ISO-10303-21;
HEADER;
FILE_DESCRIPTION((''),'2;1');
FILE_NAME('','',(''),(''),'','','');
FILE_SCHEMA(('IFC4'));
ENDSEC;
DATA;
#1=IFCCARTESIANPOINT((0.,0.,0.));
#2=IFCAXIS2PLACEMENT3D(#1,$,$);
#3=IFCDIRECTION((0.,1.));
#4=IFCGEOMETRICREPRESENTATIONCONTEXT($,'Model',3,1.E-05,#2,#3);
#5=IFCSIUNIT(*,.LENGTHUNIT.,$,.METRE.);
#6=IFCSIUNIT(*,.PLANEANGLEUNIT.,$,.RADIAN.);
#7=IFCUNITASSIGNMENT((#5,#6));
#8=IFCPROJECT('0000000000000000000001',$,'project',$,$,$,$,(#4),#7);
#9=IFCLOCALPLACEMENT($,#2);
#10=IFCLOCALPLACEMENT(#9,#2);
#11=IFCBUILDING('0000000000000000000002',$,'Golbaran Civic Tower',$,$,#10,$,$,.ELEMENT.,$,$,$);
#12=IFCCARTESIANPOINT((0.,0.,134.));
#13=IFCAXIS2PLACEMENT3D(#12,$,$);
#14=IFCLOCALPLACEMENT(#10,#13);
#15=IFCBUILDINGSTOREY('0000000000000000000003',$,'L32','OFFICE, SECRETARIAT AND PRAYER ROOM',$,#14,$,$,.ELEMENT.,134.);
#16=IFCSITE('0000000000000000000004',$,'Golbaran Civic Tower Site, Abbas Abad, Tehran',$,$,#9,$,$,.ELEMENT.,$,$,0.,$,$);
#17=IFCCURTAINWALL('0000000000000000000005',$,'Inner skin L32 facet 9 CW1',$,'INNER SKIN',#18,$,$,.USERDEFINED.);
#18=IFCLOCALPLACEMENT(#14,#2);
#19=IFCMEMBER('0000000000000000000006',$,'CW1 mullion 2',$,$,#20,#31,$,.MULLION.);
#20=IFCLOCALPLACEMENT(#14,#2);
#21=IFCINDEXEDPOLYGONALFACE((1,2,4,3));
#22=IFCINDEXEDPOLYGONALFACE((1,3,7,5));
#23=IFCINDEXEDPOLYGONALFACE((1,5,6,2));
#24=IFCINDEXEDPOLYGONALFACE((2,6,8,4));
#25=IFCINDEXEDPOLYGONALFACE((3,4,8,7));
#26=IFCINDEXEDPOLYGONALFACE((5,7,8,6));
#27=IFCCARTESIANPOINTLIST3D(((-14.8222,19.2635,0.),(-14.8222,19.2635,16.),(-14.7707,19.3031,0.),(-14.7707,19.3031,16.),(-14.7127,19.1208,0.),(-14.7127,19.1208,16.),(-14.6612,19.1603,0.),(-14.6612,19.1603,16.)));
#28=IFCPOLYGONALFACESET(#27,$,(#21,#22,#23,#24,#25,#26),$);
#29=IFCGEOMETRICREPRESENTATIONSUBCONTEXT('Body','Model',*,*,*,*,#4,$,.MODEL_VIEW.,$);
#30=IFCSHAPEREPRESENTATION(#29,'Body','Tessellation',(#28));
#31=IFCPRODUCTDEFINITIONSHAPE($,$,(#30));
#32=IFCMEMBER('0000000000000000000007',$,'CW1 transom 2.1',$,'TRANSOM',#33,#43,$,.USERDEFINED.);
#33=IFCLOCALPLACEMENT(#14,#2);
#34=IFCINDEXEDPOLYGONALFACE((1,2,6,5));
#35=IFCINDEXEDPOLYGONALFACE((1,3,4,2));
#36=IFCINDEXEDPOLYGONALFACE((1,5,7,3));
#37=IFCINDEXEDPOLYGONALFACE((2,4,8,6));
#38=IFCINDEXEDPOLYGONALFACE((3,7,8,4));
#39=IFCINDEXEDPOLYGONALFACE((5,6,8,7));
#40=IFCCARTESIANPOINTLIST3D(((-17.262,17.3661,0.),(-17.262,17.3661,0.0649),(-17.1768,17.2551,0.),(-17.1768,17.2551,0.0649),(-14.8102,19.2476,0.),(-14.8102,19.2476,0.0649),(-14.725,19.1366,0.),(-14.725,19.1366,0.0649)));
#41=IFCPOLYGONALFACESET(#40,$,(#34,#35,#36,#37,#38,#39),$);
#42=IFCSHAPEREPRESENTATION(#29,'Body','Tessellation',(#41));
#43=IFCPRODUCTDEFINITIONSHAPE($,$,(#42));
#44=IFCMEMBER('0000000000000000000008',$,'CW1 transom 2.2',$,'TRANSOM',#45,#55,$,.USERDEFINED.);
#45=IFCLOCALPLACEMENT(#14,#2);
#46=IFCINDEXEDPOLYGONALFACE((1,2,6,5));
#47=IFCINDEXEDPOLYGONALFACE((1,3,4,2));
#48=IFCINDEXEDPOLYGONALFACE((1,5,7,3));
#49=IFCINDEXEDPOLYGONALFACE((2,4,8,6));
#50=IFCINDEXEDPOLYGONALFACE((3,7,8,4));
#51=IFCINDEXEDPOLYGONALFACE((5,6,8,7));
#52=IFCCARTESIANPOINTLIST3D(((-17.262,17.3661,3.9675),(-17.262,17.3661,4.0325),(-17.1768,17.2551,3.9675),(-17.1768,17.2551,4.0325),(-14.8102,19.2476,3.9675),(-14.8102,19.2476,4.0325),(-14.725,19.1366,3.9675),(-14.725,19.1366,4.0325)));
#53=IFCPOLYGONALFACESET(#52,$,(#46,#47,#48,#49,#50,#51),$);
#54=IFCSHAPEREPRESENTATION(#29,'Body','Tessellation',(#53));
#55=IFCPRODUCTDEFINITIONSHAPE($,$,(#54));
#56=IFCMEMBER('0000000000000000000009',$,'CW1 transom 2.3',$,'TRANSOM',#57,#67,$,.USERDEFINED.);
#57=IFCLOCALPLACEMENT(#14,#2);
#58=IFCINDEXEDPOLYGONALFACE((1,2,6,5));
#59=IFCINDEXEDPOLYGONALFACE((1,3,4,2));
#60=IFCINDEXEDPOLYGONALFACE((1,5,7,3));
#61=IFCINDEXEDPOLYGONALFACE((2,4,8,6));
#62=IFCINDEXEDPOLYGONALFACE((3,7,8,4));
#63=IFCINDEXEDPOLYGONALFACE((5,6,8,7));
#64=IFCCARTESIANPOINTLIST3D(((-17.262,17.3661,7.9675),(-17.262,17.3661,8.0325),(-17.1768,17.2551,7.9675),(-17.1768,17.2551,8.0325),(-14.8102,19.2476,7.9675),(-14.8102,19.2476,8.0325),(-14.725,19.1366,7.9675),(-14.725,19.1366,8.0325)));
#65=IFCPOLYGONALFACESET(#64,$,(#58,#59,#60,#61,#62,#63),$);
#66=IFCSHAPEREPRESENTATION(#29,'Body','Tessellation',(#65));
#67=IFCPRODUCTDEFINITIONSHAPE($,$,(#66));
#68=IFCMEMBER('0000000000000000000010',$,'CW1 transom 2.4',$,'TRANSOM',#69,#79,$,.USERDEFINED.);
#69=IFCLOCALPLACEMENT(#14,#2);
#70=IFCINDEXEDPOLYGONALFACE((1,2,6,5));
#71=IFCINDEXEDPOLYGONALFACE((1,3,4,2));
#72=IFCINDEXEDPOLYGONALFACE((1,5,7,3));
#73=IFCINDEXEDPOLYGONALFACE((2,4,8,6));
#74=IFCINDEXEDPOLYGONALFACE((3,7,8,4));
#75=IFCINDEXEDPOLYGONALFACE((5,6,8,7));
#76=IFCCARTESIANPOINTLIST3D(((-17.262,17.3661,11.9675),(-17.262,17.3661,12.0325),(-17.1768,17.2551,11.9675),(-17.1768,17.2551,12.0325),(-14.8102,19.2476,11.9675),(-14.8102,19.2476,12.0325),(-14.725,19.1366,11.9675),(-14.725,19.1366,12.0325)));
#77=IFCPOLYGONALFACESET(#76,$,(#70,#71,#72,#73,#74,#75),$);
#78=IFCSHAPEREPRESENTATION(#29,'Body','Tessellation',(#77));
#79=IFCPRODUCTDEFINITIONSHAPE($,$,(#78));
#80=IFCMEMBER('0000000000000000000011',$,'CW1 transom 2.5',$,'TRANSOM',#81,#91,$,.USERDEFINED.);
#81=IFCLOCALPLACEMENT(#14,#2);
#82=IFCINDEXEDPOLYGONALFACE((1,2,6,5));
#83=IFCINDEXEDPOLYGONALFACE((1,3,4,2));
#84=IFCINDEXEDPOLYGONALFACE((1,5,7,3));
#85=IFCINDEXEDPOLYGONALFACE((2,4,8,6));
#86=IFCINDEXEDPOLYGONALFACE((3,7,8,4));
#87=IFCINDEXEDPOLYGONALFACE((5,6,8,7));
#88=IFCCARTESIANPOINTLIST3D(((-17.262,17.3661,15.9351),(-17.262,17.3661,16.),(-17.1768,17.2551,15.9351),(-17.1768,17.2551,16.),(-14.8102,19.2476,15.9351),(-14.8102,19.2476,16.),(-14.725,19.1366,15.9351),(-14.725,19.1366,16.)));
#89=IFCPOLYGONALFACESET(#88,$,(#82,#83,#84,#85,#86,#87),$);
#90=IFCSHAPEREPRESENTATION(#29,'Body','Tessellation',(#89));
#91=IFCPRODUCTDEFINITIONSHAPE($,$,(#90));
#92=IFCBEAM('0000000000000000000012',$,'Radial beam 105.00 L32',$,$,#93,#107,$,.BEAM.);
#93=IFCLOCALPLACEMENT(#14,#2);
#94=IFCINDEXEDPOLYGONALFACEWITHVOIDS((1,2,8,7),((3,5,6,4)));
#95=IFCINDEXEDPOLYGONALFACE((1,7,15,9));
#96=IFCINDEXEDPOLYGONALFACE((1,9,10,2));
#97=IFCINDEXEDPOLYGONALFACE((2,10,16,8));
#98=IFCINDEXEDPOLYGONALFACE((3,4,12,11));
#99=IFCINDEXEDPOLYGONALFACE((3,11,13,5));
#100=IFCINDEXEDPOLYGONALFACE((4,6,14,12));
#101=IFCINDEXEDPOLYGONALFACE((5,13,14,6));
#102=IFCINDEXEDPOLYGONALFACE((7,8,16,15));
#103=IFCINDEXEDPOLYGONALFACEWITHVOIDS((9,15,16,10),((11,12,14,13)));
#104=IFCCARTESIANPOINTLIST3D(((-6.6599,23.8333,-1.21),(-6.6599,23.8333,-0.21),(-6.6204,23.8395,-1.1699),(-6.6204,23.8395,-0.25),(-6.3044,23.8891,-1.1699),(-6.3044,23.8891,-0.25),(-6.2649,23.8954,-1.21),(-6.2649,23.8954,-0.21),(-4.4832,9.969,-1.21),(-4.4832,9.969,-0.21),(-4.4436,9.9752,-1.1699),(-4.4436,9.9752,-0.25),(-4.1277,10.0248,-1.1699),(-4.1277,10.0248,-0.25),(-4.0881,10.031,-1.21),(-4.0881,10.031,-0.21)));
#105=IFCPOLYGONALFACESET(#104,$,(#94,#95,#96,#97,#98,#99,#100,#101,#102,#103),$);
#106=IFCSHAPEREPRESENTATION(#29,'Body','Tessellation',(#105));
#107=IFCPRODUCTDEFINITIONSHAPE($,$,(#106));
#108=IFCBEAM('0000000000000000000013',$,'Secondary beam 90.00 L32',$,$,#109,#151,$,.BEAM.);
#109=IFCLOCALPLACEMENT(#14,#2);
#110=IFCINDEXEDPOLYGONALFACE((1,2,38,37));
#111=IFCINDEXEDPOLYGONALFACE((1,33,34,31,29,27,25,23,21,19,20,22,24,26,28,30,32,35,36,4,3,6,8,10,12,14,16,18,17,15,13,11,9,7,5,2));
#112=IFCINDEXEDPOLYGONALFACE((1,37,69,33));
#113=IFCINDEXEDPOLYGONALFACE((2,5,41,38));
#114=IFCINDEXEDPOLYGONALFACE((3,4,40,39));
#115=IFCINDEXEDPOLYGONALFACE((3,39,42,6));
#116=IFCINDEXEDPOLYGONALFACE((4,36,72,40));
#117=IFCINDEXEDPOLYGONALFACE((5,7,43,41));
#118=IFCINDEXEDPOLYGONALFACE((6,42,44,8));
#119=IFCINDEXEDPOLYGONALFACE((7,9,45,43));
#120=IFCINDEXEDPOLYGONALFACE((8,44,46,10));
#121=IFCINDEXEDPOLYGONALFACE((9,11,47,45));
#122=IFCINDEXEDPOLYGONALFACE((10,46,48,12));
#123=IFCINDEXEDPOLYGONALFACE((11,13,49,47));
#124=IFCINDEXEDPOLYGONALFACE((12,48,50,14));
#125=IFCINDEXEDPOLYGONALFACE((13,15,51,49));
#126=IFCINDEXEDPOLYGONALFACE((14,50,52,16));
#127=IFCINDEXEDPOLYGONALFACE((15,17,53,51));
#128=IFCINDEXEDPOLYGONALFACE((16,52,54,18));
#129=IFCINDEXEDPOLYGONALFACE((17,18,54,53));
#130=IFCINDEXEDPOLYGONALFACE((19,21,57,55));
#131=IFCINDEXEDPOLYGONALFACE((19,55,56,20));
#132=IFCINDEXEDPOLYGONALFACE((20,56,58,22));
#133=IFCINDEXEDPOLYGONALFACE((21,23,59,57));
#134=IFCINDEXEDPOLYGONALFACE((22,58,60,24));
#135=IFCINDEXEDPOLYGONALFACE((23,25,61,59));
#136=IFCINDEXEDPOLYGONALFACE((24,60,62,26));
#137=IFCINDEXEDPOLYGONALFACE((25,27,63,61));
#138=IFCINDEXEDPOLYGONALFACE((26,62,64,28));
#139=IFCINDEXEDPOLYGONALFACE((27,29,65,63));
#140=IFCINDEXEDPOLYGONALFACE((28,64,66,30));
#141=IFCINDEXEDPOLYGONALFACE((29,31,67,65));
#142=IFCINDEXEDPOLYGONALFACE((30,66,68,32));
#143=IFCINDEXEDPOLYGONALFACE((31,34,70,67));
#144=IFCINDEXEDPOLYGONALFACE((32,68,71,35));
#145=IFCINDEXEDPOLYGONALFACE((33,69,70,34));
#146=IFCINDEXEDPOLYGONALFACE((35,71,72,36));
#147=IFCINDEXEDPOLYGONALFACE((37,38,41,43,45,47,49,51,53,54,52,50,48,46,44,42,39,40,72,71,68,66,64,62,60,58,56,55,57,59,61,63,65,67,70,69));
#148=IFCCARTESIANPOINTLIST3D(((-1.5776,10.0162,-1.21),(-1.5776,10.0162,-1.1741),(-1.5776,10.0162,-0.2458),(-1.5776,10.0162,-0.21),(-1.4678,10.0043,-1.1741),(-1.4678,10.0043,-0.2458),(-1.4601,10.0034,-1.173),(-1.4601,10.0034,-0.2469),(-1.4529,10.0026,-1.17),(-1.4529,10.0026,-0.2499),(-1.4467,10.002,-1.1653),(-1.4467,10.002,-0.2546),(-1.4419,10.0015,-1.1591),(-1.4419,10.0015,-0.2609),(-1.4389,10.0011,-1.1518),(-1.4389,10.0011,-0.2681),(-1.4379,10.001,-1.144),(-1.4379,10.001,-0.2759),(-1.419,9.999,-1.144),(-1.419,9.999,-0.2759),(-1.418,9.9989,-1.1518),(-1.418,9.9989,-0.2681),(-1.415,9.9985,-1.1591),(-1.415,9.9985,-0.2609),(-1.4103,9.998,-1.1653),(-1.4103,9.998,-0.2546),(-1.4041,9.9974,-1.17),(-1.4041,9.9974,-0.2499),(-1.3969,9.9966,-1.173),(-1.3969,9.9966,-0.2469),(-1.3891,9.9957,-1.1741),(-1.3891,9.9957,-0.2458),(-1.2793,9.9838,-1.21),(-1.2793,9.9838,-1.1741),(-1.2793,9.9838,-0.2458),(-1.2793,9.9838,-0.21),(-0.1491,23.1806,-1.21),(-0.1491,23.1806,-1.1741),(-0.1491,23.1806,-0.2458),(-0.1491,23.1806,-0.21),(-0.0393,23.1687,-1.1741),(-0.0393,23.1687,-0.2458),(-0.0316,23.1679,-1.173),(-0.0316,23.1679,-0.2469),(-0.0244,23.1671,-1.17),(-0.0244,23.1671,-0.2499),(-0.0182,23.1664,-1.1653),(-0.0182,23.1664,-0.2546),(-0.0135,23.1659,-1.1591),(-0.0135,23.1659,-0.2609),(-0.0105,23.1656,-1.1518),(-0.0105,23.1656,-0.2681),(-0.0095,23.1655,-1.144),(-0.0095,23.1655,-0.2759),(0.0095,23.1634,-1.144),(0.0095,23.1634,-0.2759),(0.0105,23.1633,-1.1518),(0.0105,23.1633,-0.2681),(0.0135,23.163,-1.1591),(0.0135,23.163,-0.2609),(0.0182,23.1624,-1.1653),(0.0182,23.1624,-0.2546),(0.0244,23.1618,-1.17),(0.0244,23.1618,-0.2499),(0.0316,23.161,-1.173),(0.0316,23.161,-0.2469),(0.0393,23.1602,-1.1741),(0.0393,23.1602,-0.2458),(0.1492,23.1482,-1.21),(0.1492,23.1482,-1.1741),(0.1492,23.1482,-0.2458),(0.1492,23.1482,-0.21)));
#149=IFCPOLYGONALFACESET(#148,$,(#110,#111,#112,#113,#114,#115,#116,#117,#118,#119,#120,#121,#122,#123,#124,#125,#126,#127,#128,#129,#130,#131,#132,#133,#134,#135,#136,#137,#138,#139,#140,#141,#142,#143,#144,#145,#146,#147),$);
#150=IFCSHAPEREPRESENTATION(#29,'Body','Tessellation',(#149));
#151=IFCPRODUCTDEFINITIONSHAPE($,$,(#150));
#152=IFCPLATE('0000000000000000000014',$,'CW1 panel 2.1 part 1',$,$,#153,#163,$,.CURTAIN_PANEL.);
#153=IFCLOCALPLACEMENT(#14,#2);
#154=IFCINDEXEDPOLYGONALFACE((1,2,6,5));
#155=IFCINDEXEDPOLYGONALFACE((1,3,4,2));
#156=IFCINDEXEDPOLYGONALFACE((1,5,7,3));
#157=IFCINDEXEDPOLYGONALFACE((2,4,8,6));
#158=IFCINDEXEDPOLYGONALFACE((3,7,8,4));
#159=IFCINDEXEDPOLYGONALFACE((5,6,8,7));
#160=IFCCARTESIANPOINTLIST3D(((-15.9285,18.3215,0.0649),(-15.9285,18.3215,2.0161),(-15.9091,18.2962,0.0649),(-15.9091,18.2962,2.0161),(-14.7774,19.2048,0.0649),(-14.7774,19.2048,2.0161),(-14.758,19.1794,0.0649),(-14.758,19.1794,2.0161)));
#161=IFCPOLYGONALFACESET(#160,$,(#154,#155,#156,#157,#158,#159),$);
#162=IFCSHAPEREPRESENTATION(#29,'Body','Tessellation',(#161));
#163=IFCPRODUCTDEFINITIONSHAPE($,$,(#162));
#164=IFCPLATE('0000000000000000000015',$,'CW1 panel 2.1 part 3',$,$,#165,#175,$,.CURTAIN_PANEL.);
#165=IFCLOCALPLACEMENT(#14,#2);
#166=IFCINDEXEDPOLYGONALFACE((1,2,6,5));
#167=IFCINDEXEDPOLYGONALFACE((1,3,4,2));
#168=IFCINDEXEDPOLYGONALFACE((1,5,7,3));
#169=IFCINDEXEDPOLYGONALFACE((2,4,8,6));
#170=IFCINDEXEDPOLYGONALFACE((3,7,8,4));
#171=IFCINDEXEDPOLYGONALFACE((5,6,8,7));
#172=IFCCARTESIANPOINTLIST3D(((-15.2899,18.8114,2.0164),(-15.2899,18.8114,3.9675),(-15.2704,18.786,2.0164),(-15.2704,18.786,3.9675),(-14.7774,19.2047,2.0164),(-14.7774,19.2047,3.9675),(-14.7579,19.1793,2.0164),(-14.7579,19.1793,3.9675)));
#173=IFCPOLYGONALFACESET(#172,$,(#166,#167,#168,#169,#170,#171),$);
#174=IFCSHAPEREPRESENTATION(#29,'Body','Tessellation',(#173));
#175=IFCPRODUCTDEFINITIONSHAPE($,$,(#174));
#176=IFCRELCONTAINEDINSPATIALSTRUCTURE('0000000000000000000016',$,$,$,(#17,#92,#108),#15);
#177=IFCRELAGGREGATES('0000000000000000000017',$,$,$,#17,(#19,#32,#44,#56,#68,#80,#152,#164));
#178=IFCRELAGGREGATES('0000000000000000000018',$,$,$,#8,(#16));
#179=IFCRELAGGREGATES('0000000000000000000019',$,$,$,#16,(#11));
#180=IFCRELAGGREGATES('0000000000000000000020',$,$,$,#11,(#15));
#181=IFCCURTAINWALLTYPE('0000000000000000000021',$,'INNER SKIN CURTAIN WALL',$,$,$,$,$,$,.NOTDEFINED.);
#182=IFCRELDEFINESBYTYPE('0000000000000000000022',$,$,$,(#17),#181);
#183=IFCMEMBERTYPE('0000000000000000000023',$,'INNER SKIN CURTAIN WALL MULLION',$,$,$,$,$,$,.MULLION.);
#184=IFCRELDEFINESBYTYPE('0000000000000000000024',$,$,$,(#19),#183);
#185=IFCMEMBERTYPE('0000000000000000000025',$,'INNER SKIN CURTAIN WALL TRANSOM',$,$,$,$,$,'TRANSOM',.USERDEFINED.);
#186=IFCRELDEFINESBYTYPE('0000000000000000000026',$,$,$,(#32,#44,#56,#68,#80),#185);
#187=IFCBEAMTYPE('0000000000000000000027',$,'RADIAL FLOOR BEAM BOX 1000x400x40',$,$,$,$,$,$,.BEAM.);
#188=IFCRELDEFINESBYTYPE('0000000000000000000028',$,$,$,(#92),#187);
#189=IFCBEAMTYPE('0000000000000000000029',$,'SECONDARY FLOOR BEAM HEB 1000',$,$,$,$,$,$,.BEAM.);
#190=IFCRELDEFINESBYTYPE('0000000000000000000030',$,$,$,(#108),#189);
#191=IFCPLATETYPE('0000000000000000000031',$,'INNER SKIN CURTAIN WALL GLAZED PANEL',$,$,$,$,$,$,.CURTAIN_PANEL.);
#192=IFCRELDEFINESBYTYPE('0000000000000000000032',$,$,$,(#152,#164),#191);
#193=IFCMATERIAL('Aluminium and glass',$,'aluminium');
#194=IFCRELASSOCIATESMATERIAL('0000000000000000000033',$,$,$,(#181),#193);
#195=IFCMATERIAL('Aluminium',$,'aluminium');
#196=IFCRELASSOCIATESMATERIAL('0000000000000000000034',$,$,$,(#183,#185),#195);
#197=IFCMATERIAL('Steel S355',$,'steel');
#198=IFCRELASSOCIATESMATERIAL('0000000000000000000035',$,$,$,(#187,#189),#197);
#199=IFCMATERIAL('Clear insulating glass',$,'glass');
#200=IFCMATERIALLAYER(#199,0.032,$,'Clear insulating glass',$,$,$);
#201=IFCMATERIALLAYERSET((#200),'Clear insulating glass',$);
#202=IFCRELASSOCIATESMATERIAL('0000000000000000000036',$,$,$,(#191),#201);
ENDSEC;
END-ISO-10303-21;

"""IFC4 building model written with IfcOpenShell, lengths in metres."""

from ifc_helpers import new_model, si_unit, direction, frame, origin, origin_2d, place, context, subcontext, project, spatial, rectangle, hollow_rectangle, i_section, extrude, material, layer, layer_set, material_profile, profile_set, type_object, element, aggregate, save


model = new_model("IFC4")

# Units and contexts
model_context = context("Model", 3, precision=1e-05, world=origin(), true_north=direction((0.0, 1.0)))
body_context = subcontext(model_context, "Body", "Model", "MODEL_VIEW")
ifc_project = project(units=[si_unit("LENGTHUNIT", "METRE"), si_unit("PLANEANGLEUNIT", "RADIAN")], contexts=[model_context])

# Site, building, storey
site_placement = place(None, origin())
site = spatial("IfcSite", under=ifc_project, at=site_placement, Name="Golbaran Civic Tower Site, Abbas Abad, Tehran", CompositionType="ELEMENT", RefElevation=0.0)
building_placement = place(site_placement, origin())
building = spatial("IfcBuilding", under=site, at=building_placement, Name="Golbaran Civic Tower", CompositionType="ELEMENT")
storey_placement = place(building_placement, frame((0.0, 0.0, 134.0)))
storey = spatial("IfcBuildingStorey", under=building, at=storey_placement, Name="L32", Description="OFFICE, SECRETARIAT AND PRAYER ROOM", CompositionType="ELEMENT", Elevation=134.0)

# Shared definitions
ifc_material_1 = material(Name="Steel S355", Category="steel")

# Curtain wall, members
ifc_material_2 = material(Name="Aluminium and glass", Category="aluminium")
curtain_wall_type = type_object("IfcCurtainWallType", Name="INNER SKIN CURTAIN WALL", PredefinedType="NOTDEFINED", material=ifc_material_2)
curtain_wall_placement = place(storey_placement, origin())
curtain_wall = element("IfcCurtainWall", 1, at=curtain_wall_placement, inside=storey, type_object=curtain_wall_type, Name="Inner skin L32 facet 9 CW1", ObjectType="INNER SKIN", PredefinedType="USERDEFINED")
ifc_material_3 = material(Name="Aluminium", Category="aluminium")
ifc_material_profile_1 = material_profile(ifc_material_3, rectangle(XDim=0.1799, YDim=0.0649, at=origin_2d()), Name="INNER SKIN CURTAIN WALL MULLION")
ifc_profile_set_1 = profile_set([ifc_material_profile_1], Name="Aluminium")
member_type_1 = type_object("IfcMemberType", Name="INNER SKIN CURTAIN WALL MULLION", PredefinedType="MULLION", material=ifc_profile_set_1)
member_1_placement = place(storey_placement, frame((-14.7417, 19.2119, 0.0), z_axis=(0.0, 0.0, 1.0), x_axis=(0.608761, -0.793353, 0.0)))
member_1 = element("IfcMember", 2, at=member_1_placement, type_object=member_type_1, Name="CW1 mullion 2", PredefinedType="MULLION", context=body_context, shape_type="SweptSolid", body=[
    extrude(rectangle(XDim=0.1799, YDim=0.0649, at=origin_2d()), origin(), (0.0, 0.0, 1.0), 16.0),
])
ifc_material_profile_2 = material_profile(ifc_material_3, rectangle(XDim=0.1399, YDim=0.0649, at=origin_2d()), Name="INNER SKIN CURTAIN WALL TRANSOM")
ifc_profile_set_2 = profile_set([ifc_material_profile_2], Name="Aluminium")
member_type_2 = type_object("IfcMemberType", Name="INNER SKIN CURTAIN WALL TRANSOM", ElementType="TRANSOM", PredefinedType="USERDEFINED", material=ifc_profile_set_2)
member_2_placement = place(storey_placement, frame((-14.7676, 19.1921, 0.0325), z_axis=(-0.793325, -0.608798, 0.0), x_axis=(0.608798, -0.793325, 0.0)))
member_2 = element("IfcMember", 3, at=member_2_placement, type_object=member_type_2, Name="CW1 transom 2.1", ObjectType="TRANSOM", PredefinedType="USERDEFINED", context=body_context, shape_type="SweptSolid", body=[
    extrude(rectangle(XDim=0.1399, YDim=0.0649, at=origin_2d()), origin(), (0.0, 0.0, 1.0), 3.0906),
])
member_3_placement = place(storey_placement, frame((-14.7676, 19.1921, 4.0), z_axis=(-0.793325, -0.608798, 0.0), x_axis=(0.608798, -0.793325, 0.0)))
member_3 = element("IfcMember", 4, at=member_3_placement, type_object=member_type_2, Name="CW1 transom 2.2", ObjectType="TRANSOM", PredefinedType="USERDEFINED", context=body_context, shape_type="SweptSolid", body=[
    extrude(rectangle(XDim=0.1399, YDim=0.0649, at=origin_2d()), origin(), (0.0, 0.0, 1.0), 3.0906),
])
member_4_placement = place(storey_placement, frame((-14.7676, 19.1921, 8.0), z_axis=(-0.793325, -0.608798, 0.0), x_axis=(0.608798, -0.793325, 0.0)))
member_4 = element("IfcMember", 5, at=member_4_placement, type_object=member_type_2, Name="CW1 transom 2.3", ObjectType="TRANSOM", PredefinedType="USERDEFINED", context=body_context, shape_type="SweptSolid", body=[
    extrude(rectangle(XDim=0.1399, YDim=0.0649, at=origin_2d()), origin(), (0.0, 0.0, 1.0), 3.0906),
])
member_5_placement = place(storey_placement, frame((-14.7676, 19.1921, 12.0), z_axis=(-0.793325, -0.608798, 0.0), x_axis=(0.608798, -0.793325, 0.0)))
member_5 = element("IfcMember", 6, at=member_5_placement, type_object=member_type_2, Name="CW1 transom 2.4", ObjectType="TRANSOM", PredefinedType="USERDEFINED", context=body_context, shape_type="SweptSolid", body=[
    extrude(rectangle(XDim=0.1399, YDim=0.0649, at=origin_2d()), origin(), (0.0, 0.0, 1.0), 3.0906),
])
member_6_placement = place(storey_placement, frame((-14.7676, 19.1921, 15.9675), z_axis=(-0.793325, -0.608798, 0.0), x_axis=(0.608798, -0.793325, 0.0)))
member_6 = element("IfcMember", 7, at=member_6_placement, type_object=member_type_2, Name="CW1 transom 2.5", ObjectType="TRANSOM", PredefinedType="USERDEFINED", context=body_context, shape_type="SweptSolid", body=[
    extrude(rectangle(XDim=0.1399, YDim=0.0649, at=origin_2d()), origin(), (0.0, 0.0, 1.0), 3.0906),
])

# Beams
ifc_material_profile_3 = material_profile(ifc_material_1, hollow_rectangle(XDim=0.3999, YDim=1.0, WallThickness=0.04, at=origin_2d()), Name="BOX 1000x400x40")
ifc_profile_set_3 = profile_set([ifc_material_profile_3], Name="Steel S355")
beam_type_1 = type_object("IfcBeamType", Name="RADIAL FLOOR BEAM BOX 1000x400x40", PredefinedType="BEAM", material=ifc_profile_set_3)
beam_1_placement = place(storey_placement, frame((-4.2856, 10.0, -0.71), z_axis=(-0.155105, 0.987898, 0.0), x_axis=(-0.987898, -0.155105, 0.0)))
element("IfcBeam", 8, at=beam_1_placement, inside=storey, type_object=beam_type_1, Name="Radial beam 105.00 L32", PredefinedType="BEAM", context=body_context, shape_type="SweptSolid", body=[
    extrude(hollow_rectangle(XDim=0.3999, YDim=1.0, WallThickness=0.04, at=origin_2d()), origin(), (0.0, 0.0, 1.0), 14.0342),
])
ifc_material_profile_4 = material_profile(ifc_material_1, i_section(OverallWidth=0.3, OverallDepth=1.0, WebThickness=0.019, FlangeThickness=0.0359, FilletRadius=0.03, at=origin_2d()), Name="HEB 1000")
ifc_profile_set_4 = profile_set([ifc_material_profile_4], Name="Steel S355")
beam_type_2 = type_object("IfcBeamType", Name="SECONDARY FLOOR BEAM HEB 1000", PredefinedType="BEAM", material=ifc_profile_set_4)
beam_2_placement = place(storey_placement, frame((-1.4285, 10.0, -0.71), z_axis=(0.107877, 0.994164, 0.0), x_axis=(-0.994164, 0.107877, 0.0)))
element("IfcBeam", 9, at=beam_2_placement, inside=storey, type_object=beam_type_2, Name="Secondary beam 90.00 L32", PredefinedType="BEAM", context=body_context, shape_type="SweptSolid", body=[
    extrude(i_section(OverallWidth=0.3, OverallDepth=1.0, WebThickness=0.019, FlangeThickness=0.0359, FilletRadius=0.03, at=origin_2d()), origin(), (0.0, 0.0, 1.0), 13.2417),
])

# Plates
ifc_material_4 = material(Name="Clear insulating glass", Category="glass")
ifc_layer_1 = layer(ifc_material_4, 0.032, Name="Clear insulating glass")
ifc_layer_set_1 = layer_set([ifc_layer_1], Name="Clear insulating glass")
plate_type_1 = type_object("IfcPlateType", Name="INNER SKIN CURTAIN WALL GLAZED PANEL", PredefinedType="CURTAIN_PANEL", material=ifc_layer_set_1)
plate_1_placement = place(storey_placement, frame((-15.3433, 18.7505, 0.0649), z_axis=(0.0, 0.0, 1.0), x_axis=(-0.793353, -0.608761, 0.0)))
plate_1 = element("IfcPlate", 10, at=plate_1_placement, type_object=plate_type_1, Name="CW1 panel 2.1 part 1", PredefinedType="CURTAIN_PANEL", context=body_context, shape_type="SweptSolid", body=[
    extrude(rectangle(XDim=1.4509, YDim=0.032, at=origin_2d()), origin(), (0.0, 0.0, 1.0), 1.9512),
])
plate_2_placement = place(storey_placement, frame((-15.0239, 18.9954, 2.0164), z_axis=(0.0, 0.0, 1.0), x_axis=(-0.793353, -0.608761, 0.0)))
plate_2 = element("IfcPlate", 11, at=plate_2_placement, type_object=plate_type_1, Name="CW1 panel 2.1 part 3", PredefinedType="CURTAIN_PANEL", context=body_context, shape_type="SweptSolid", body=[
    extrude(rectangle(XDim=0.646, YDim=0.032, at=origin_2d()), origin(), (0.0, 0.0, 1.0), 1.9512),
])
aggregate(curtain_wall, [member_1, member_2, member_3, member_4, member_5, member_6, plate_1, plate_2])

save(model, "model.ifc")
